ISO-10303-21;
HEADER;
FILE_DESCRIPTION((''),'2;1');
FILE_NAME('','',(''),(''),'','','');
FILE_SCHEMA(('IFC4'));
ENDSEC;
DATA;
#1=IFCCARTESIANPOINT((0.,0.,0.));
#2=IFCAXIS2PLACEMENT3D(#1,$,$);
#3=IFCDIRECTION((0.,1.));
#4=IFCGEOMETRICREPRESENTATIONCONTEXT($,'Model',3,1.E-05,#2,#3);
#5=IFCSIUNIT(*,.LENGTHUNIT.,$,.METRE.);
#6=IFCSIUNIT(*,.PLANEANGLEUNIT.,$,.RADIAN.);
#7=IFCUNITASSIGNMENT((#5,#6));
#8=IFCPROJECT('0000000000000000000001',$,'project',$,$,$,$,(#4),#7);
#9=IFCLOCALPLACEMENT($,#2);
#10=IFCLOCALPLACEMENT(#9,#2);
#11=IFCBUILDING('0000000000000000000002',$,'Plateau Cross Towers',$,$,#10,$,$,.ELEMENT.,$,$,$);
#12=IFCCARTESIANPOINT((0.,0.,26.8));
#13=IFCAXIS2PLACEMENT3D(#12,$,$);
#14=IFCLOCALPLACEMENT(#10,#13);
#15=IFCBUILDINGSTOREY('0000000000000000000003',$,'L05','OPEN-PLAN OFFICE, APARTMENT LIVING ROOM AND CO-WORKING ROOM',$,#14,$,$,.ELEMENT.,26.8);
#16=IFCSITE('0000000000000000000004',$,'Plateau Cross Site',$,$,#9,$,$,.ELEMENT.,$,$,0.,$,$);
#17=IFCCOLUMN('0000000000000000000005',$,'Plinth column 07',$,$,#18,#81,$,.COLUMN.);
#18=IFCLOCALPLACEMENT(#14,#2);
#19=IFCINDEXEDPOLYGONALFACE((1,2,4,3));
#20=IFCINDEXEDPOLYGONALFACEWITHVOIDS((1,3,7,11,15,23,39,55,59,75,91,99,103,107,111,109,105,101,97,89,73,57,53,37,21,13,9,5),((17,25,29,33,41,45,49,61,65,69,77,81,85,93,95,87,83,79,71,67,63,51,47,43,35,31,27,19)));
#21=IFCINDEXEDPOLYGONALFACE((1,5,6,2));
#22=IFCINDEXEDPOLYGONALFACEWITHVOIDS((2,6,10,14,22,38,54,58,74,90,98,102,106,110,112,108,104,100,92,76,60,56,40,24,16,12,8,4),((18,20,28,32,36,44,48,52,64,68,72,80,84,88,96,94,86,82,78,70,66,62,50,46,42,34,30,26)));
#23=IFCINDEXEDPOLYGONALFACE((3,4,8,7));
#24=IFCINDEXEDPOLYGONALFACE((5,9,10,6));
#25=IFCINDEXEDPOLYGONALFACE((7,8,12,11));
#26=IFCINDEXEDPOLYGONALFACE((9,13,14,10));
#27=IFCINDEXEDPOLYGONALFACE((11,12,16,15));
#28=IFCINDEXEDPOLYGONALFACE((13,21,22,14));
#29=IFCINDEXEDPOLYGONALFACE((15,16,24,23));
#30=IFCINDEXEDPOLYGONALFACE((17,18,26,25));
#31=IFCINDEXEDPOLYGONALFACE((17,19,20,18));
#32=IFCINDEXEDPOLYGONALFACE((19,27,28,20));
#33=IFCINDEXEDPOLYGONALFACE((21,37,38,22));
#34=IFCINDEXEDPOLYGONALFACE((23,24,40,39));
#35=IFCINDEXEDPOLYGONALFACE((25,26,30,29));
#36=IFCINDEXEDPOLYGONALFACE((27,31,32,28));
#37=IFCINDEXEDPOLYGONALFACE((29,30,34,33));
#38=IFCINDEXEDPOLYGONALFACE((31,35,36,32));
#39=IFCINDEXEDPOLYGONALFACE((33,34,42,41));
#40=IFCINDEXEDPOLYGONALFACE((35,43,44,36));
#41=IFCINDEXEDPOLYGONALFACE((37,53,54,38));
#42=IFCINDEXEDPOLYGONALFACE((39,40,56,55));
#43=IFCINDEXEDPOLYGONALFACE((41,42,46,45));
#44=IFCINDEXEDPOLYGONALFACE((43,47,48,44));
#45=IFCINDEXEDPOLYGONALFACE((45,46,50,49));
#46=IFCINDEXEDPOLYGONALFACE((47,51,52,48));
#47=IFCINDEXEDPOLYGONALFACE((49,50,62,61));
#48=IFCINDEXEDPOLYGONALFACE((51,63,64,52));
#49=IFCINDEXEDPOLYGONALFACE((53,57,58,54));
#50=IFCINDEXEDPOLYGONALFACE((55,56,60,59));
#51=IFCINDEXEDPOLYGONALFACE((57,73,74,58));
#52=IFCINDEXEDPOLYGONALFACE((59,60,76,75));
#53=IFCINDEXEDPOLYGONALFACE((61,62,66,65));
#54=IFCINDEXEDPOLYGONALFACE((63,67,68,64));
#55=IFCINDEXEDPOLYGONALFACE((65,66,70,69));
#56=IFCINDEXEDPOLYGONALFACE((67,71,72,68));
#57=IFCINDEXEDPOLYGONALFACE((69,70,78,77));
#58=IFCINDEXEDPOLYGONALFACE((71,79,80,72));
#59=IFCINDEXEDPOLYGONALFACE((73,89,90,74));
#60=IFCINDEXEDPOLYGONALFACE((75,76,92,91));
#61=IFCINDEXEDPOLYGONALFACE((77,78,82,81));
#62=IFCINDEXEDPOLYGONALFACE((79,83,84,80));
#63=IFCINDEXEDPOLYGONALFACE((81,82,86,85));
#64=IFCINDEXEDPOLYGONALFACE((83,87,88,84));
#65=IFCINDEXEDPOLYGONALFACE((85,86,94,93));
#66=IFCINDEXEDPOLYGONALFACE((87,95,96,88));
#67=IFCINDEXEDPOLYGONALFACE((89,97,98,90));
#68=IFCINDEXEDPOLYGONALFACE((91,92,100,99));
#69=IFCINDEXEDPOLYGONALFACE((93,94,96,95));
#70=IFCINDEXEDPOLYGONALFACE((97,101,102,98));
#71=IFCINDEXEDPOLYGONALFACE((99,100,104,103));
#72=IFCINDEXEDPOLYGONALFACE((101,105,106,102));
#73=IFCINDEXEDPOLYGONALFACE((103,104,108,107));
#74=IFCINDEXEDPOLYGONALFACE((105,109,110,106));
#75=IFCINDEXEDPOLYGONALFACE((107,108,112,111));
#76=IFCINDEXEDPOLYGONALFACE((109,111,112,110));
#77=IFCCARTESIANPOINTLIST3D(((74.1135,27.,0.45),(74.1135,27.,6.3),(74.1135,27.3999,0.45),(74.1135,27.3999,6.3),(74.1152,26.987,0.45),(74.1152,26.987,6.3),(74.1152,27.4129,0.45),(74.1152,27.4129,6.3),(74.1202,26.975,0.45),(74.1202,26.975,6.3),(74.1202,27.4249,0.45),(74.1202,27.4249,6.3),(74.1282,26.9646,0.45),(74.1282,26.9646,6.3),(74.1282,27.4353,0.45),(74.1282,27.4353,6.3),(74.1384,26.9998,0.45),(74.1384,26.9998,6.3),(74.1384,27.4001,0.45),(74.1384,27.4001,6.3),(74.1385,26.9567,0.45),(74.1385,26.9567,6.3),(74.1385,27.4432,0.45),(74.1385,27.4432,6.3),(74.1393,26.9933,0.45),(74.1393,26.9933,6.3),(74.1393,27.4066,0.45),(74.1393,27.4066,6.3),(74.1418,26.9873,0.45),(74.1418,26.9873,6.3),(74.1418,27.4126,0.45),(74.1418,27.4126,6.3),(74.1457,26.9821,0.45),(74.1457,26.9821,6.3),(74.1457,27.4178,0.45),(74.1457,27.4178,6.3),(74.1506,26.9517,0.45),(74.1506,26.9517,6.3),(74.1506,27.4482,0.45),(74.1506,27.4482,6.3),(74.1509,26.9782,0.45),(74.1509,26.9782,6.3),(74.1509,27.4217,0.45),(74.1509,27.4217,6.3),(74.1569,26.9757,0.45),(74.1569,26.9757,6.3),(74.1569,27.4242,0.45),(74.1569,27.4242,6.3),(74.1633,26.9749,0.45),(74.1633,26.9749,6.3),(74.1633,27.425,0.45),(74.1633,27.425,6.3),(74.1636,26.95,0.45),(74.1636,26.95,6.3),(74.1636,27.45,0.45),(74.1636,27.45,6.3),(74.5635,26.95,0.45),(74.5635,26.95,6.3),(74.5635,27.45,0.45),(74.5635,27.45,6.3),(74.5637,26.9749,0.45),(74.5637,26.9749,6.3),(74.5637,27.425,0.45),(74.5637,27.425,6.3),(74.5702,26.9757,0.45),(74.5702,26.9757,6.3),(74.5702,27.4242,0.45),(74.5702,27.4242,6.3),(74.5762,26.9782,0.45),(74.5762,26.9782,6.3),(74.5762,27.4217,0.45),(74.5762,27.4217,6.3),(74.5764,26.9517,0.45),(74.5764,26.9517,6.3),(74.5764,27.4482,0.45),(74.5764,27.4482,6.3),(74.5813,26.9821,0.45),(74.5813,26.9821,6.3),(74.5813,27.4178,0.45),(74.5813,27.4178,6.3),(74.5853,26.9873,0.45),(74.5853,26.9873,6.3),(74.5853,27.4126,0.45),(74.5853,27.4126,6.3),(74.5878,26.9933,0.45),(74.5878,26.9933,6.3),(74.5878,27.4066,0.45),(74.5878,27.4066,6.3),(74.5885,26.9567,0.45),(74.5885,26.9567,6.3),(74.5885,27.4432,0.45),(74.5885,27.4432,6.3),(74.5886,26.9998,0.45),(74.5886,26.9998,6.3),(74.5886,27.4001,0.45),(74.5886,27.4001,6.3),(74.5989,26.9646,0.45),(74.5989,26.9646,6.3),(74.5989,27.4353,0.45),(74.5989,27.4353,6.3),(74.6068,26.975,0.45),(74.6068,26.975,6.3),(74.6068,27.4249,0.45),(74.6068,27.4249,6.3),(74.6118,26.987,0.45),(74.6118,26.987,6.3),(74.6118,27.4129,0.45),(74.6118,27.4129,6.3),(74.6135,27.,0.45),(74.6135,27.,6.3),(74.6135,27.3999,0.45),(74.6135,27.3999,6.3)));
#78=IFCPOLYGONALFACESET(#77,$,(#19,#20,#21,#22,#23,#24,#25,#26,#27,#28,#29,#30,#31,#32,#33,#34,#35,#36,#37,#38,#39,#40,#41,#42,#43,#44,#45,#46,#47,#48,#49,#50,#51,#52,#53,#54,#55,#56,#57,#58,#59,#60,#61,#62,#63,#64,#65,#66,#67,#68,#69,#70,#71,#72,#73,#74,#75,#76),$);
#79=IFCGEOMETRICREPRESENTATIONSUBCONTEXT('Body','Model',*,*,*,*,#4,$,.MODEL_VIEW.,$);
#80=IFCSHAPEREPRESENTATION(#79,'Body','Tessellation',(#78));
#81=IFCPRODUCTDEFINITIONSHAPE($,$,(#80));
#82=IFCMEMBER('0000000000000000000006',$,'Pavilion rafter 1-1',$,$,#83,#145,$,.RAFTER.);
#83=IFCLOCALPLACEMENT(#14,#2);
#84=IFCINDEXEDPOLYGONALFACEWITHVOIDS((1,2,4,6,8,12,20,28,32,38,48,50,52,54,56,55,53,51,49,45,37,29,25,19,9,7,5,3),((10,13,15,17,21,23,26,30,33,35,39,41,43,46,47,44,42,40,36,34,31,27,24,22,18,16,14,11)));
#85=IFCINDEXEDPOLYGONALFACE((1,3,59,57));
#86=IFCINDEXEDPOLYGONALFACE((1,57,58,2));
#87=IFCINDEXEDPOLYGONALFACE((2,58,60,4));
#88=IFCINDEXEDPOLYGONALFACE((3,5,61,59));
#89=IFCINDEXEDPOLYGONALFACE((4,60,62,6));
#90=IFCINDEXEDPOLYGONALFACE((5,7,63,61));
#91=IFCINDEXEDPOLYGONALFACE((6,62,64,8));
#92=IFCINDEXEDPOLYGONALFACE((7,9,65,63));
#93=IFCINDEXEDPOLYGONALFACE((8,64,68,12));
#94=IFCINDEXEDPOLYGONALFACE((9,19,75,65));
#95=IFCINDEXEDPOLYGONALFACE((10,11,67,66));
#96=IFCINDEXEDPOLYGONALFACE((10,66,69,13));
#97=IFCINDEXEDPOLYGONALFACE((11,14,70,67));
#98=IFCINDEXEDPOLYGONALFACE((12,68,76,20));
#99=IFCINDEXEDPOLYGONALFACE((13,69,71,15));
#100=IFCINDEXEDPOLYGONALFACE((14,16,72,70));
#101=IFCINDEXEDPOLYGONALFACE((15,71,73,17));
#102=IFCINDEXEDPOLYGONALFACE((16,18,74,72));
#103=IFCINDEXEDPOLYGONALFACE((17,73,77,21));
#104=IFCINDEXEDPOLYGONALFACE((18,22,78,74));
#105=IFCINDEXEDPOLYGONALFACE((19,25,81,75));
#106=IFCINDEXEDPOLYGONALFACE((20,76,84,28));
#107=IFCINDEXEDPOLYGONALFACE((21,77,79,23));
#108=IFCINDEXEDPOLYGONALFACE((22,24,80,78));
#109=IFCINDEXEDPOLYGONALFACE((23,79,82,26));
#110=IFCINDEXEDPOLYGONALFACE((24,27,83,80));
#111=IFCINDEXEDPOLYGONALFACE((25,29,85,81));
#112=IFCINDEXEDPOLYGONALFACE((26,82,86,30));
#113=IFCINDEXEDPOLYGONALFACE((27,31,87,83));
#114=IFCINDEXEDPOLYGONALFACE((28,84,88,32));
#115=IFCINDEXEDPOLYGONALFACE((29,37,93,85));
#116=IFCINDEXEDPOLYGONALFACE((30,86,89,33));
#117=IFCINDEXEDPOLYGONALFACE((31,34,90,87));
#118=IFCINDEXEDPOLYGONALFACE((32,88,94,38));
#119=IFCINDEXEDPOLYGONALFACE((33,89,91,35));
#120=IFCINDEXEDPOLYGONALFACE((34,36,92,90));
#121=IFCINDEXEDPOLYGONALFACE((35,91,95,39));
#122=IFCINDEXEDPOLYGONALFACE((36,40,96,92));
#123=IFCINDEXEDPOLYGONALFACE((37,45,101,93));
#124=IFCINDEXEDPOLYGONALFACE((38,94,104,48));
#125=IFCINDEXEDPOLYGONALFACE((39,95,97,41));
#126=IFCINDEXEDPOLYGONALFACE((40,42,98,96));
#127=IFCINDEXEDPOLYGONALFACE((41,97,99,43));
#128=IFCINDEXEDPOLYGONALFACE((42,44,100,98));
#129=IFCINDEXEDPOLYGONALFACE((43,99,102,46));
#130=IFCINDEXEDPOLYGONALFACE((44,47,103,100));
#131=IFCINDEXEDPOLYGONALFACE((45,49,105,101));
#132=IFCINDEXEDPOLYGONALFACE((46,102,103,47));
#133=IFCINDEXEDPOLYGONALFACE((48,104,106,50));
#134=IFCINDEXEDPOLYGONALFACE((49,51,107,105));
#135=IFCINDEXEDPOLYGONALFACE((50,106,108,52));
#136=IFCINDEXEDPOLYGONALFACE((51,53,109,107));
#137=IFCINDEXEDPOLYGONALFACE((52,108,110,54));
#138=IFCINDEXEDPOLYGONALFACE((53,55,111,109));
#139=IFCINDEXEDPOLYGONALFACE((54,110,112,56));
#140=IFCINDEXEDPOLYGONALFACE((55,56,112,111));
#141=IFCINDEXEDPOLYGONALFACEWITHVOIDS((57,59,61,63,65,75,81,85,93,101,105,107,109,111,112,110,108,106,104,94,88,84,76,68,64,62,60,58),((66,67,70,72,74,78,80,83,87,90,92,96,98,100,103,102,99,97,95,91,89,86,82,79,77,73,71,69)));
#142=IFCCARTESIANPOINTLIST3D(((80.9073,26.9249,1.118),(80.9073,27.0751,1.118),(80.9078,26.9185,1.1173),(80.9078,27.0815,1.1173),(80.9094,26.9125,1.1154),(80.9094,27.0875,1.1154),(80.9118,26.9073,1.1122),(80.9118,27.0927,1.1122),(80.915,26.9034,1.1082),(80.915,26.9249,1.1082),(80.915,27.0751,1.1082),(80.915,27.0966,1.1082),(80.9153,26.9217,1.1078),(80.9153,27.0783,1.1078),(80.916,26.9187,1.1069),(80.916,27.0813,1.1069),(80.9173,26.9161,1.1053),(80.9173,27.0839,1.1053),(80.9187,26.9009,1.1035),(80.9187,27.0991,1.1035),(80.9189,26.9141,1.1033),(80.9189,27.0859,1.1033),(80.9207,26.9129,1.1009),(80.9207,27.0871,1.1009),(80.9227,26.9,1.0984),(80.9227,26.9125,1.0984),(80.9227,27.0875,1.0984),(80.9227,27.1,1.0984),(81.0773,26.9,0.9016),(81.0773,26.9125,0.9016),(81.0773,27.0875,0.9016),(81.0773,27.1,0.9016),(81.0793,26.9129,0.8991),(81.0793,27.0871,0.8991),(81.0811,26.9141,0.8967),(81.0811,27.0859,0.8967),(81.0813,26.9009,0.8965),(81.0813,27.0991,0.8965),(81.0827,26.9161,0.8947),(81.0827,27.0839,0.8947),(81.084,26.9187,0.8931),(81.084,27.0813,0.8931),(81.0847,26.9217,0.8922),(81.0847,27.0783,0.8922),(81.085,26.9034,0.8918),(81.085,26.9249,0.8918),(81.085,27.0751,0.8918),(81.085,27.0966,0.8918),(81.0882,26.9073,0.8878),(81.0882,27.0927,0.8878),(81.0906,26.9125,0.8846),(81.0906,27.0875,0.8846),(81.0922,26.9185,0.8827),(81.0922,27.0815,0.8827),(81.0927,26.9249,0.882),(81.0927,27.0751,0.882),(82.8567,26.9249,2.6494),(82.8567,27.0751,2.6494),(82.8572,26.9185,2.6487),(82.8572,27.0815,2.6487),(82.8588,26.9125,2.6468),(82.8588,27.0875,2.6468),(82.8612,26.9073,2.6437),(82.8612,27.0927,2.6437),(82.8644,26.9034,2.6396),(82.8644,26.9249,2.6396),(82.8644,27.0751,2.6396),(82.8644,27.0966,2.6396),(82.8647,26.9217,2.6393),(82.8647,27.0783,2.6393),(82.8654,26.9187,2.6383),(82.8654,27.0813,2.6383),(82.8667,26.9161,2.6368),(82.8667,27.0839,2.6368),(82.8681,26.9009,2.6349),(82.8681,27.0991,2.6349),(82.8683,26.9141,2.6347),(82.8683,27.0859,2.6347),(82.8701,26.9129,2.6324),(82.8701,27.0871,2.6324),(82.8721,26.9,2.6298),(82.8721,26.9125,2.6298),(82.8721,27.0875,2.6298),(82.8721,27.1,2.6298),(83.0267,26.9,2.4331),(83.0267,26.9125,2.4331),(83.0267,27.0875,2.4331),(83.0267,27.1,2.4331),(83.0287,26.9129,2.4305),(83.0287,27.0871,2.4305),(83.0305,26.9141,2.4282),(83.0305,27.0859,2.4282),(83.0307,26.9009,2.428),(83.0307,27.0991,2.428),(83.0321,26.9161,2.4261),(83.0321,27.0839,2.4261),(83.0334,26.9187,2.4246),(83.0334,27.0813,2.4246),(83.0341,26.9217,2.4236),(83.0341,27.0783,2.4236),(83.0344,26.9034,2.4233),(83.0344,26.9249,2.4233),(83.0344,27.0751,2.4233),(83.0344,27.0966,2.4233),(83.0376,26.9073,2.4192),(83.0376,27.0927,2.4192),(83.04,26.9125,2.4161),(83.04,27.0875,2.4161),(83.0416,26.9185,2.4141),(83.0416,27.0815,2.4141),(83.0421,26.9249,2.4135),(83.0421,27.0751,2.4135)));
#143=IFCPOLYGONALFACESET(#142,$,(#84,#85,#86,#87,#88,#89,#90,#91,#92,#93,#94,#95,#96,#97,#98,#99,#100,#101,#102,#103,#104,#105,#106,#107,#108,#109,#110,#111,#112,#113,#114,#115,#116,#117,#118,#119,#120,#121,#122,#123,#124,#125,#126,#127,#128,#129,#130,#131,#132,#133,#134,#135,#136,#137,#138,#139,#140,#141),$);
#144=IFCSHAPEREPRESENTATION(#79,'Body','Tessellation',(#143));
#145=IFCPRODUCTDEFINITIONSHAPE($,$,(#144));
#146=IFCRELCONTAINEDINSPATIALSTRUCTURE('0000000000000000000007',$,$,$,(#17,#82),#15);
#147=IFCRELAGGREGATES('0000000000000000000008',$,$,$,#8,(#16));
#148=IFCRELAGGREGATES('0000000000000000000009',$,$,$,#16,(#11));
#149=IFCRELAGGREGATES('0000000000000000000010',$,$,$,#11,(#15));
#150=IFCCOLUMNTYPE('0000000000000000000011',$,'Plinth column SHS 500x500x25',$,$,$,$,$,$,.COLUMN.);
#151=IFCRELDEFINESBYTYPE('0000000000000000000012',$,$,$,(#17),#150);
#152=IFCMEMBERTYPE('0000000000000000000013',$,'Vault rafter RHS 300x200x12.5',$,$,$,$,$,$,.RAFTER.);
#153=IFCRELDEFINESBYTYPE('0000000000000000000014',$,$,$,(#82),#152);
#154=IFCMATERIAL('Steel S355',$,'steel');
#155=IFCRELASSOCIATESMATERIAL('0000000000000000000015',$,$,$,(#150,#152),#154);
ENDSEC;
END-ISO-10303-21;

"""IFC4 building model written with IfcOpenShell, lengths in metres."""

from ifc_helpers import new_model, si_unit, direction, frame, origin, origin_2d, place, context, subcontext, project, spatial, hollow_rectangle, extrude, material, material_profile, profile_set, type_object, element, save


model = new_model("IFC4")

# Units and contexts
model_context = context("Model", 3, precision=1e-05, world=origin(), true_north=direction((0.0, 1.0)))
body_context = subcontext(model_context, "Body", "Model", "MODEL_VIEW")
ifc_project = project(units=[si_unit("LENGTHUNIT", "METRE"), si_unit("PLANEANGLEUNIT", "RADIAN")], contexts=[model_context])

# Site, building, storey
site_placement = place(None, origin())
site = spatial("IfcSite", under=ifc_project, at=site_placement, Name="Plateau Cross Site", CompositionType="ELEMENT", RefElevation=0.0)
building_placement = place(site_placement, origin())
building = spatial("IfcBuilding", under=site, at=building_placement, Name="Plateau Cross Towers", CompositionType="ELEMENT")
storey_placement = place(building_placement, frame((0.0, 0.0, 26.8)))
storey = spatial("IfcBuildingStorey", under=building, at=storey_placement, Name="L05", Description="OPEN-PLAN OFFICE, APARTMENT LIVING ROOM AND CO-WORKING ROOM", CompositionType="ELEMENT", Elevation=26.8)

# Column
ifc_material_1 = material(Name="Steel S355", Category="steel")
ifc_material_profile_1 = material_profile(ifc_material_1, hollow_rectangle(XDim=0.5, YDim=0.5, WallThickness=0.0249, InnerFilletRadius=0.0249, OuterFilletRadius=0.05, at=origin_2d()), Name="SHS 500x500x25")
ifc_profile_set_1 = profile_set([ifc_material_profile_1], Name="Steel S355")
column_type_1 = type_object("IfcColumnType", Name="Plinth column SHS 500x500x25", PredefinedType="COLUMN", material=ifc_profile_set_1)
column_placement = place(storey_placement, frame((74.3635, 27.2, 0.45), z_axis=(0.0, 0.0, 1.0), x_axis=(1.0, 0.0, 0.0)))
element("IfcColumn", 1, at=column_placement, inside=storey, type_object=column_type_1, Name="Plinth column 07", PredefinedType="COLUMN", context=body_context, shape_type="SweptSolid", body=[
    extrude(hollow_rectangle(XDim=0.5, YDim=0.5, WallThickness=0.0249, InnerFilletRadius=0.0249, OuterFilletRadius=0.05, at=origin_2d()), origin(), (0.0, 0.0, 1.0), 5.8501),
])

# Member
ifc_material_profile_2 = material_profile(ifc_material_1, hollow_rectangle(XDim=0.2, YDim=0.3, WallThickness=0.0125, InnerFilletRadius=0.0125, OuterFilletRadius=0.0249, at=origin_2d()), Name="RHS 300x200x12.5")
ifc_profile_set_2 = profile_set([ifc_material_profile_2], Name="Steel S355")
member_type = type_object("IfcMemberType", Name="Vault rafter RHS 300x200x12.5", PredefinedType="RAFTER", material=ifc_profile_set_2)
for number, where, z_axis, x_axis, name in (
    (2, (81.0, 27.0, 1.0), (0.786363, 0.0, 0.617765), (0.0, 1.0, 0.0), "Pavilion rafter 1-1"),
):
    element("IfcMember", number, at=place(storey_placement, frame(where, z_axis=z_axis, x_axis=x_axis)), inside=storey, type_object=member_type, Name=name, PredefinedType="RAFTER", context=body_context, shape_type="SweptSolid", body=[
        extrude(hollow_rectangle(XDim=0.2, YDim=0.3, WallThickness=0.0125, InnerFilletRadius=0.0125, OuterFilletRadius=0.0249, at=origin_2d()), origin(), (0.0, 0.0, 1.0), 2.479),
    ])

save(model, "model.ifc")
